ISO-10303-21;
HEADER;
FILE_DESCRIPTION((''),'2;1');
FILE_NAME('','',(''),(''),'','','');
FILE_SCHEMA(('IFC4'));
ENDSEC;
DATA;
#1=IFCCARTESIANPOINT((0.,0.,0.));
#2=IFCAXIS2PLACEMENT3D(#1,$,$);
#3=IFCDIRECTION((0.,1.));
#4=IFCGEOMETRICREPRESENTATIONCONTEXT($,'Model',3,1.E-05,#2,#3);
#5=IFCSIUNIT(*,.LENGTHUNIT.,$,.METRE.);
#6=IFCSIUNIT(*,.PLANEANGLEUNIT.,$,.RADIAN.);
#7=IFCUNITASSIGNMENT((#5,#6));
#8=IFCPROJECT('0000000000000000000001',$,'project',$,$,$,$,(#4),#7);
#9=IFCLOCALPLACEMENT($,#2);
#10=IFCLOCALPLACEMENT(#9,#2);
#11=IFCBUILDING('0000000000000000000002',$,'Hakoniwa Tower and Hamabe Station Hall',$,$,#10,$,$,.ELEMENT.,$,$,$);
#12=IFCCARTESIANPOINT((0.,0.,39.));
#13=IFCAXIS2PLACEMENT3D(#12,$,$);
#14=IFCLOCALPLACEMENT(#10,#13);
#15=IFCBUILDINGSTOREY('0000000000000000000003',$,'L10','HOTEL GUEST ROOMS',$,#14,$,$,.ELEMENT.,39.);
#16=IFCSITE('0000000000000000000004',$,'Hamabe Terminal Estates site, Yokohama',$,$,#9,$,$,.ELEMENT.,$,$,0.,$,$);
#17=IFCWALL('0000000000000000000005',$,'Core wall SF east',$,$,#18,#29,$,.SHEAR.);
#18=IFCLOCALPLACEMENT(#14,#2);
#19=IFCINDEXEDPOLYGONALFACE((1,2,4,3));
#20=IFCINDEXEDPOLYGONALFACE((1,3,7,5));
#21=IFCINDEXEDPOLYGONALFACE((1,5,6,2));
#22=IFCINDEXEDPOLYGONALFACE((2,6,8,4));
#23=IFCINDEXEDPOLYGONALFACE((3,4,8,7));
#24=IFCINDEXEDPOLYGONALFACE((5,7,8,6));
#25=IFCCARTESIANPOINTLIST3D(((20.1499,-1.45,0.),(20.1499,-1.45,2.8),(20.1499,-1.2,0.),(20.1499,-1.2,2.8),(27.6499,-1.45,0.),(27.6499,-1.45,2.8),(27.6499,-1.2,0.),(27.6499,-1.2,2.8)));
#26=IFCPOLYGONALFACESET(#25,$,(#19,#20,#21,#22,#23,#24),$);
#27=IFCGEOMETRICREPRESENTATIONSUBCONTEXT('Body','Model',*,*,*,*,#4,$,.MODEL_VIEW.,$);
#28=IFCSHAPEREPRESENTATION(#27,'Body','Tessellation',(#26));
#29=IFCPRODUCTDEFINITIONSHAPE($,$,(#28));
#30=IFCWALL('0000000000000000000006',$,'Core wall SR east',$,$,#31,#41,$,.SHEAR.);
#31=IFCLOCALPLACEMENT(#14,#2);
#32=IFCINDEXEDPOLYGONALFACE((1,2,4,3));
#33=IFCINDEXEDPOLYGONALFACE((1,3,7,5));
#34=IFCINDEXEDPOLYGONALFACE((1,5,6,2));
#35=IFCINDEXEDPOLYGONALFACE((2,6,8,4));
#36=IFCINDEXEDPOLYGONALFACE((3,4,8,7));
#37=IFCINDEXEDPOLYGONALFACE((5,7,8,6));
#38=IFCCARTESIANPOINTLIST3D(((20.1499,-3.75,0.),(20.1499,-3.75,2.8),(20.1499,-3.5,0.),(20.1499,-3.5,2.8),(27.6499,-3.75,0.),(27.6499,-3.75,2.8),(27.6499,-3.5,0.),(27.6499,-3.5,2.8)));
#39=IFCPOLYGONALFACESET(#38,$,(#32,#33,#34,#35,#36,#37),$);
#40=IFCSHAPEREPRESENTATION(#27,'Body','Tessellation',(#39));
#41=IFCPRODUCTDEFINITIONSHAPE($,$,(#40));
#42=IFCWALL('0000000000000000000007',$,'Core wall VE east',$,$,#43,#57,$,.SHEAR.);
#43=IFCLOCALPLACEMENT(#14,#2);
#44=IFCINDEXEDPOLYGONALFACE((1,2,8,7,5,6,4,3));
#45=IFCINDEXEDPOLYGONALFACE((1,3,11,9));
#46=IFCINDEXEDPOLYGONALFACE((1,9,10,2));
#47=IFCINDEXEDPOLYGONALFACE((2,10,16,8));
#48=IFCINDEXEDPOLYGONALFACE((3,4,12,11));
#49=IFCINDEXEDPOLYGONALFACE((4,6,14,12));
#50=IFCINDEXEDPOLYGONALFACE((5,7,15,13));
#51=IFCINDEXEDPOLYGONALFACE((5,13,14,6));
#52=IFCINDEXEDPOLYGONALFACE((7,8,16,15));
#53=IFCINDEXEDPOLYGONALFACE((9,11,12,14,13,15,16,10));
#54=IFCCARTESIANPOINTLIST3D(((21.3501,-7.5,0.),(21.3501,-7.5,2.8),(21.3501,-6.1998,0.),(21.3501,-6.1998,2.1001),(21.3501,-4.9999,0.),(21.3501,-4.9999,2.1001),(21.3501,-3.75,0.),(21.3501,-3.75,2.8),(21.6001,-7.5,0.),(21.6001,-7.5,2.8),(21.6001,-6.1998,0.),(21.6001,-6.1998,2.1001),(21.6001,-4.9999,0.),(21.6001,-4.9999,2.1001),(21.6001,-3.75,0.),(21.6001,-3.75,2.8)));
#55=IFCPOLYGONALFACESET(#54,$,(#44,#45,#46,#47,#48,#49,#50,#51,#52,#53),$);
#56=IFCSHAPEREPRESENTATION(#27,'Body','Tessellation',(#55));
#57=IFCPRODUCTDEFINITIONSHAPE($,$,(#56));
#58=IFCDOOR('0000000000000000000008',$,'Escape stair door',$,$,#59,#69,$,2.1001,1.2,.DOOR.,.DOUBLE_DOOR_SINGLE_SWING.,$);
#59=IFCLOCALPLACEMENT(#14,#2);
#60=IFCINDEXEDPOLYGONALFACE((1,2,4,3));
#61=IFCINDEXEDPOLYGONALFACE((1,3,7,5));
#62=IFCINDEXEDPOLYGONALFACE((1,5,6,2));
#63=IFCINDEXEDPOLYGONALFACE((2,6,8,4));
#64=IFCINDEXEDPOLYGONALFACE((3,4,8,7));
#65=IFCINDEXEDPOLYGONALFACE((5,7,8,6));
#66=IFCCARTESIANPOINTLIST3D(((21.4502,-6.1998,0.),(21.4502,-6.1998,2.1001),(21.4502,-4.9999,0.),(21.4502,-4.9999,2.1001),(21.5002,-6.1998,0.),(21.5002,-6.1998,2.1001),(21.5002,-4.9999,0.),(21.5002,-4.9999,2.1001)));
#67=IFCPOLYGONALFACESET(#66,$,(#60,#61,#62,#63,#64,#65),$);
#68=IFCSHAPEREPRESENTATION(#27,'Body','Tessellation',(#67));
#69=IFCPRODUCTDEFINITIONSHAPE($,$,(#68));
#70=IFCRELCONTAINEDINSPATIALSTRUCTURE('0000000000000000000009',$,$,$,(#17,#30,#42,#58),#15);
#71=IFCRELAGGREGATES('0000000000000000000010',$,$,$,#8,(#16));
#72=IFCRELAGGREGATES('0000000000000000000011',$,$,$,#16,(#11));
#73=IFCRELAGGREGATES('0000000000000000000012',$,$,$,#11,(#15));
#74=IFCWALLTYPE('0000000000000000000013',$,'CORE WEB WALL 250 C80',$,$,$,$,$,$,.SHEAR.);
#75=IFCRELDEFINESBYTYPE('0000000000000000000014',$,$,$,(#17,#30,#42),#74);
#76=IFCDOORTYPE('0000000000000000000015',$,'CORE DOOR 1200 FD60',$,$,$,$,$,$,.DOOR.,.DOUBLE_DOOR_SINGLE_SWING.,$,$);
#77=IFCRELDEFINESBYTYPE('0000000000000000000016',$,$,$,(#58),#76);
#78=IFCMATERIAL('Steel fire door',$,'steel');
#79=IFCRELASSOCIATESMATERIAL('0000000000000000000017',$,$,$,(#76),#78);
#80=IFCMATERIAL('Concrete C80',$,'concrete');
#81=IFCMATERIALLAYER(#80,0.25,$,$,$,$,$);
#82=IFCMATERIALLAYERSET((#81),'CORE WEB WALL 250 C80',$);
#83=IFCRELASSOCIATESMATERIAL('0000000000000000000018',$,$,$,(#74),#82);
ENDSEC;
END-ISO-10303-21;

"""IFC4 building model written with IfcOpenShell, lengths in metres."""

from ifc_helpers import new_model, si_unit, direction, frame, frame_2d, origin, place, context, subcontext, project, spatial, rectangle, extrude, material, layer, layer_set, type_object, element, fill, save


model = new_model("IFC4")

# Units and contexts
model_context = context("Model", 3, precision=1e-05, world=origin(), true_north=direction((0.0, 1.0)))
body_context = subcontext(model_context, "Body", "Model", "MODEL_VIEW")
ifc_project = project(units=[si_unit("LENGTHUNIT", "METRE"), si_unit("PLANEANGLEUNIT", "RADIAN")], contexts=[model_context])

# Site, building, storey
site_placement = place(None, origin())
site = spatial("IfcSite", under=ifc_project, at=site_placement, Name="Hamabe Terminal Estates site, Yokohama", CompositionType="ELEMENT", RefElevation=0.0)
building_placement = place(site_placement, origin())
building = spatial("IfcBuilding", under=site, at=building_placement, Name="Hakoniwa Tower and Hamabe Station Hall", CompositionType="ELEMENT")
storey_placement = place(building_placement, frame((0.0, 0.0, 39.0)))
storey = spatial("IfcBuildingStorey", under=building, at=storey_placement, Name="L10", Description="HOTEL GUEST ROOMS", CompositionType="ELEMENT", Elevation=39.0)

# Shared definitions
ifc_material_1 = material(Name="Steel fire door", Category="steel")
door_type_1 = type_object("IfcDoorType", Name="CORE DOOR 1200 FD60", OperationType="DOUBLE_DOOR_SINGLE_SWING", PredefinedType="DOOR", material=ifc_material_1)

# Shared definitions
ifc_material_2 = material(Name="Concrete C80", Category="concrete")
ifc_layer_1 = layer(ifc_material_2, 0.25)
ifc_layer_set_1 = layer_set([ifc_layer_1], Name="CORE WEB WALL 250 C80")
wall_type_1 = type_object("IfcWallType", Name="CORE WEB WALL 250 C80", PredefinedType="SHEAR", material=ifc_layer_set_1)

# Walls
for number, where, z_axis, x_axis, name in (
    (1, (20.1499, -1.325, 0.0), (0.0, 0.0, 1.0), (1.0, 0.0, 0.0), "Core wall SF east"),
    (2, (20.1499, -3.625, 0.0), (0.0, 0.0, 1.0), (1.0, 0.0, 0.0), "Core wall SR east"),
):
    element("IfcWall", number, at=place(storey_placement, frame(where, z_axis=z_axis, x_axis=x_axis)), inside=storey, type_object=wall_type_1, Name=name, PredefinedType="SHEAR", context=body_context, shape_type="SweptSolid", body=[
        extrude(rectangle(XDim=7.5, YDim=0.25, at=frame_2d((3.75, 0.0))), origin(), (0.0, 0.0, 1.0), 2.8),
    ])

# Wall, opening, door
wall_1_placement = place(storey_placement, frame((21.4751, -7.5, 0.0), z_axis=(0.0, 0.0, 1.0), x_axis=(0.0, 1.0, 0.0)))
wall_1 = element("IfcWall", 3, at=wall_1_placement, inside=storey, type_object=wall_type_1, Name="Core wall VE east", PredefinedType="SHEAR", context=body_context, shape_type="SweptSolid", body=[
    extrude(rectangle(XDim=3.75, YDim=0.25, at=frame_2d((1.875, 0.0))), origin(), (0.0, 0.0, 1.0), 2.8),
])
opening_1_placement = place(wall_1_placement, frame((1.3, 0.0, 0.0)))
opening_1 = element("IfcOpeningElement", 4, at=opening_1_placement, cuts=wall_1, PredefinedType="OPENING", context=body_context, shape_type="SweptSolid", body=[
    extrude(rectangle(XDim=1.2, YDim=2.1001, at=frame_2d((0.6001, 1.05))), frame((0.0, 0.135, 0.0), z_axis=(0.0, -1.0, 0.0), x_axis=(1.0, 0.0, 0.0)), (0.0, 0.0, 1.0), 0.27),
])
door_1_placement = place(opening_1_placement, origin())
door_1 = element("IfcDoor", 5, at=door_1_placement, inside=storey, type_object=door_type_1, Name="Escape stair door", OperationType="DOUBLE_DOOR_SINGLE_SWING", OverallHeight=2.1001, OverallWidth=1.2, PredefinedType="DOOR", context=body_context, shape_type="SweptSolid", body=[
    extrude(rectangle(XDim=1.2, YDim=2.1001, at=frame_2d((0.6001, 1.05))), frame((0.0, 0.0249, 0.0), z_axis=(0.0, -1.0, 0.0), x_axis=(1.0, 0.0, 0.0)), (0.0, 0.0, 1.0), 0.05),
])
fill(opening_1, door_1)

save(model, "model.ifc")
